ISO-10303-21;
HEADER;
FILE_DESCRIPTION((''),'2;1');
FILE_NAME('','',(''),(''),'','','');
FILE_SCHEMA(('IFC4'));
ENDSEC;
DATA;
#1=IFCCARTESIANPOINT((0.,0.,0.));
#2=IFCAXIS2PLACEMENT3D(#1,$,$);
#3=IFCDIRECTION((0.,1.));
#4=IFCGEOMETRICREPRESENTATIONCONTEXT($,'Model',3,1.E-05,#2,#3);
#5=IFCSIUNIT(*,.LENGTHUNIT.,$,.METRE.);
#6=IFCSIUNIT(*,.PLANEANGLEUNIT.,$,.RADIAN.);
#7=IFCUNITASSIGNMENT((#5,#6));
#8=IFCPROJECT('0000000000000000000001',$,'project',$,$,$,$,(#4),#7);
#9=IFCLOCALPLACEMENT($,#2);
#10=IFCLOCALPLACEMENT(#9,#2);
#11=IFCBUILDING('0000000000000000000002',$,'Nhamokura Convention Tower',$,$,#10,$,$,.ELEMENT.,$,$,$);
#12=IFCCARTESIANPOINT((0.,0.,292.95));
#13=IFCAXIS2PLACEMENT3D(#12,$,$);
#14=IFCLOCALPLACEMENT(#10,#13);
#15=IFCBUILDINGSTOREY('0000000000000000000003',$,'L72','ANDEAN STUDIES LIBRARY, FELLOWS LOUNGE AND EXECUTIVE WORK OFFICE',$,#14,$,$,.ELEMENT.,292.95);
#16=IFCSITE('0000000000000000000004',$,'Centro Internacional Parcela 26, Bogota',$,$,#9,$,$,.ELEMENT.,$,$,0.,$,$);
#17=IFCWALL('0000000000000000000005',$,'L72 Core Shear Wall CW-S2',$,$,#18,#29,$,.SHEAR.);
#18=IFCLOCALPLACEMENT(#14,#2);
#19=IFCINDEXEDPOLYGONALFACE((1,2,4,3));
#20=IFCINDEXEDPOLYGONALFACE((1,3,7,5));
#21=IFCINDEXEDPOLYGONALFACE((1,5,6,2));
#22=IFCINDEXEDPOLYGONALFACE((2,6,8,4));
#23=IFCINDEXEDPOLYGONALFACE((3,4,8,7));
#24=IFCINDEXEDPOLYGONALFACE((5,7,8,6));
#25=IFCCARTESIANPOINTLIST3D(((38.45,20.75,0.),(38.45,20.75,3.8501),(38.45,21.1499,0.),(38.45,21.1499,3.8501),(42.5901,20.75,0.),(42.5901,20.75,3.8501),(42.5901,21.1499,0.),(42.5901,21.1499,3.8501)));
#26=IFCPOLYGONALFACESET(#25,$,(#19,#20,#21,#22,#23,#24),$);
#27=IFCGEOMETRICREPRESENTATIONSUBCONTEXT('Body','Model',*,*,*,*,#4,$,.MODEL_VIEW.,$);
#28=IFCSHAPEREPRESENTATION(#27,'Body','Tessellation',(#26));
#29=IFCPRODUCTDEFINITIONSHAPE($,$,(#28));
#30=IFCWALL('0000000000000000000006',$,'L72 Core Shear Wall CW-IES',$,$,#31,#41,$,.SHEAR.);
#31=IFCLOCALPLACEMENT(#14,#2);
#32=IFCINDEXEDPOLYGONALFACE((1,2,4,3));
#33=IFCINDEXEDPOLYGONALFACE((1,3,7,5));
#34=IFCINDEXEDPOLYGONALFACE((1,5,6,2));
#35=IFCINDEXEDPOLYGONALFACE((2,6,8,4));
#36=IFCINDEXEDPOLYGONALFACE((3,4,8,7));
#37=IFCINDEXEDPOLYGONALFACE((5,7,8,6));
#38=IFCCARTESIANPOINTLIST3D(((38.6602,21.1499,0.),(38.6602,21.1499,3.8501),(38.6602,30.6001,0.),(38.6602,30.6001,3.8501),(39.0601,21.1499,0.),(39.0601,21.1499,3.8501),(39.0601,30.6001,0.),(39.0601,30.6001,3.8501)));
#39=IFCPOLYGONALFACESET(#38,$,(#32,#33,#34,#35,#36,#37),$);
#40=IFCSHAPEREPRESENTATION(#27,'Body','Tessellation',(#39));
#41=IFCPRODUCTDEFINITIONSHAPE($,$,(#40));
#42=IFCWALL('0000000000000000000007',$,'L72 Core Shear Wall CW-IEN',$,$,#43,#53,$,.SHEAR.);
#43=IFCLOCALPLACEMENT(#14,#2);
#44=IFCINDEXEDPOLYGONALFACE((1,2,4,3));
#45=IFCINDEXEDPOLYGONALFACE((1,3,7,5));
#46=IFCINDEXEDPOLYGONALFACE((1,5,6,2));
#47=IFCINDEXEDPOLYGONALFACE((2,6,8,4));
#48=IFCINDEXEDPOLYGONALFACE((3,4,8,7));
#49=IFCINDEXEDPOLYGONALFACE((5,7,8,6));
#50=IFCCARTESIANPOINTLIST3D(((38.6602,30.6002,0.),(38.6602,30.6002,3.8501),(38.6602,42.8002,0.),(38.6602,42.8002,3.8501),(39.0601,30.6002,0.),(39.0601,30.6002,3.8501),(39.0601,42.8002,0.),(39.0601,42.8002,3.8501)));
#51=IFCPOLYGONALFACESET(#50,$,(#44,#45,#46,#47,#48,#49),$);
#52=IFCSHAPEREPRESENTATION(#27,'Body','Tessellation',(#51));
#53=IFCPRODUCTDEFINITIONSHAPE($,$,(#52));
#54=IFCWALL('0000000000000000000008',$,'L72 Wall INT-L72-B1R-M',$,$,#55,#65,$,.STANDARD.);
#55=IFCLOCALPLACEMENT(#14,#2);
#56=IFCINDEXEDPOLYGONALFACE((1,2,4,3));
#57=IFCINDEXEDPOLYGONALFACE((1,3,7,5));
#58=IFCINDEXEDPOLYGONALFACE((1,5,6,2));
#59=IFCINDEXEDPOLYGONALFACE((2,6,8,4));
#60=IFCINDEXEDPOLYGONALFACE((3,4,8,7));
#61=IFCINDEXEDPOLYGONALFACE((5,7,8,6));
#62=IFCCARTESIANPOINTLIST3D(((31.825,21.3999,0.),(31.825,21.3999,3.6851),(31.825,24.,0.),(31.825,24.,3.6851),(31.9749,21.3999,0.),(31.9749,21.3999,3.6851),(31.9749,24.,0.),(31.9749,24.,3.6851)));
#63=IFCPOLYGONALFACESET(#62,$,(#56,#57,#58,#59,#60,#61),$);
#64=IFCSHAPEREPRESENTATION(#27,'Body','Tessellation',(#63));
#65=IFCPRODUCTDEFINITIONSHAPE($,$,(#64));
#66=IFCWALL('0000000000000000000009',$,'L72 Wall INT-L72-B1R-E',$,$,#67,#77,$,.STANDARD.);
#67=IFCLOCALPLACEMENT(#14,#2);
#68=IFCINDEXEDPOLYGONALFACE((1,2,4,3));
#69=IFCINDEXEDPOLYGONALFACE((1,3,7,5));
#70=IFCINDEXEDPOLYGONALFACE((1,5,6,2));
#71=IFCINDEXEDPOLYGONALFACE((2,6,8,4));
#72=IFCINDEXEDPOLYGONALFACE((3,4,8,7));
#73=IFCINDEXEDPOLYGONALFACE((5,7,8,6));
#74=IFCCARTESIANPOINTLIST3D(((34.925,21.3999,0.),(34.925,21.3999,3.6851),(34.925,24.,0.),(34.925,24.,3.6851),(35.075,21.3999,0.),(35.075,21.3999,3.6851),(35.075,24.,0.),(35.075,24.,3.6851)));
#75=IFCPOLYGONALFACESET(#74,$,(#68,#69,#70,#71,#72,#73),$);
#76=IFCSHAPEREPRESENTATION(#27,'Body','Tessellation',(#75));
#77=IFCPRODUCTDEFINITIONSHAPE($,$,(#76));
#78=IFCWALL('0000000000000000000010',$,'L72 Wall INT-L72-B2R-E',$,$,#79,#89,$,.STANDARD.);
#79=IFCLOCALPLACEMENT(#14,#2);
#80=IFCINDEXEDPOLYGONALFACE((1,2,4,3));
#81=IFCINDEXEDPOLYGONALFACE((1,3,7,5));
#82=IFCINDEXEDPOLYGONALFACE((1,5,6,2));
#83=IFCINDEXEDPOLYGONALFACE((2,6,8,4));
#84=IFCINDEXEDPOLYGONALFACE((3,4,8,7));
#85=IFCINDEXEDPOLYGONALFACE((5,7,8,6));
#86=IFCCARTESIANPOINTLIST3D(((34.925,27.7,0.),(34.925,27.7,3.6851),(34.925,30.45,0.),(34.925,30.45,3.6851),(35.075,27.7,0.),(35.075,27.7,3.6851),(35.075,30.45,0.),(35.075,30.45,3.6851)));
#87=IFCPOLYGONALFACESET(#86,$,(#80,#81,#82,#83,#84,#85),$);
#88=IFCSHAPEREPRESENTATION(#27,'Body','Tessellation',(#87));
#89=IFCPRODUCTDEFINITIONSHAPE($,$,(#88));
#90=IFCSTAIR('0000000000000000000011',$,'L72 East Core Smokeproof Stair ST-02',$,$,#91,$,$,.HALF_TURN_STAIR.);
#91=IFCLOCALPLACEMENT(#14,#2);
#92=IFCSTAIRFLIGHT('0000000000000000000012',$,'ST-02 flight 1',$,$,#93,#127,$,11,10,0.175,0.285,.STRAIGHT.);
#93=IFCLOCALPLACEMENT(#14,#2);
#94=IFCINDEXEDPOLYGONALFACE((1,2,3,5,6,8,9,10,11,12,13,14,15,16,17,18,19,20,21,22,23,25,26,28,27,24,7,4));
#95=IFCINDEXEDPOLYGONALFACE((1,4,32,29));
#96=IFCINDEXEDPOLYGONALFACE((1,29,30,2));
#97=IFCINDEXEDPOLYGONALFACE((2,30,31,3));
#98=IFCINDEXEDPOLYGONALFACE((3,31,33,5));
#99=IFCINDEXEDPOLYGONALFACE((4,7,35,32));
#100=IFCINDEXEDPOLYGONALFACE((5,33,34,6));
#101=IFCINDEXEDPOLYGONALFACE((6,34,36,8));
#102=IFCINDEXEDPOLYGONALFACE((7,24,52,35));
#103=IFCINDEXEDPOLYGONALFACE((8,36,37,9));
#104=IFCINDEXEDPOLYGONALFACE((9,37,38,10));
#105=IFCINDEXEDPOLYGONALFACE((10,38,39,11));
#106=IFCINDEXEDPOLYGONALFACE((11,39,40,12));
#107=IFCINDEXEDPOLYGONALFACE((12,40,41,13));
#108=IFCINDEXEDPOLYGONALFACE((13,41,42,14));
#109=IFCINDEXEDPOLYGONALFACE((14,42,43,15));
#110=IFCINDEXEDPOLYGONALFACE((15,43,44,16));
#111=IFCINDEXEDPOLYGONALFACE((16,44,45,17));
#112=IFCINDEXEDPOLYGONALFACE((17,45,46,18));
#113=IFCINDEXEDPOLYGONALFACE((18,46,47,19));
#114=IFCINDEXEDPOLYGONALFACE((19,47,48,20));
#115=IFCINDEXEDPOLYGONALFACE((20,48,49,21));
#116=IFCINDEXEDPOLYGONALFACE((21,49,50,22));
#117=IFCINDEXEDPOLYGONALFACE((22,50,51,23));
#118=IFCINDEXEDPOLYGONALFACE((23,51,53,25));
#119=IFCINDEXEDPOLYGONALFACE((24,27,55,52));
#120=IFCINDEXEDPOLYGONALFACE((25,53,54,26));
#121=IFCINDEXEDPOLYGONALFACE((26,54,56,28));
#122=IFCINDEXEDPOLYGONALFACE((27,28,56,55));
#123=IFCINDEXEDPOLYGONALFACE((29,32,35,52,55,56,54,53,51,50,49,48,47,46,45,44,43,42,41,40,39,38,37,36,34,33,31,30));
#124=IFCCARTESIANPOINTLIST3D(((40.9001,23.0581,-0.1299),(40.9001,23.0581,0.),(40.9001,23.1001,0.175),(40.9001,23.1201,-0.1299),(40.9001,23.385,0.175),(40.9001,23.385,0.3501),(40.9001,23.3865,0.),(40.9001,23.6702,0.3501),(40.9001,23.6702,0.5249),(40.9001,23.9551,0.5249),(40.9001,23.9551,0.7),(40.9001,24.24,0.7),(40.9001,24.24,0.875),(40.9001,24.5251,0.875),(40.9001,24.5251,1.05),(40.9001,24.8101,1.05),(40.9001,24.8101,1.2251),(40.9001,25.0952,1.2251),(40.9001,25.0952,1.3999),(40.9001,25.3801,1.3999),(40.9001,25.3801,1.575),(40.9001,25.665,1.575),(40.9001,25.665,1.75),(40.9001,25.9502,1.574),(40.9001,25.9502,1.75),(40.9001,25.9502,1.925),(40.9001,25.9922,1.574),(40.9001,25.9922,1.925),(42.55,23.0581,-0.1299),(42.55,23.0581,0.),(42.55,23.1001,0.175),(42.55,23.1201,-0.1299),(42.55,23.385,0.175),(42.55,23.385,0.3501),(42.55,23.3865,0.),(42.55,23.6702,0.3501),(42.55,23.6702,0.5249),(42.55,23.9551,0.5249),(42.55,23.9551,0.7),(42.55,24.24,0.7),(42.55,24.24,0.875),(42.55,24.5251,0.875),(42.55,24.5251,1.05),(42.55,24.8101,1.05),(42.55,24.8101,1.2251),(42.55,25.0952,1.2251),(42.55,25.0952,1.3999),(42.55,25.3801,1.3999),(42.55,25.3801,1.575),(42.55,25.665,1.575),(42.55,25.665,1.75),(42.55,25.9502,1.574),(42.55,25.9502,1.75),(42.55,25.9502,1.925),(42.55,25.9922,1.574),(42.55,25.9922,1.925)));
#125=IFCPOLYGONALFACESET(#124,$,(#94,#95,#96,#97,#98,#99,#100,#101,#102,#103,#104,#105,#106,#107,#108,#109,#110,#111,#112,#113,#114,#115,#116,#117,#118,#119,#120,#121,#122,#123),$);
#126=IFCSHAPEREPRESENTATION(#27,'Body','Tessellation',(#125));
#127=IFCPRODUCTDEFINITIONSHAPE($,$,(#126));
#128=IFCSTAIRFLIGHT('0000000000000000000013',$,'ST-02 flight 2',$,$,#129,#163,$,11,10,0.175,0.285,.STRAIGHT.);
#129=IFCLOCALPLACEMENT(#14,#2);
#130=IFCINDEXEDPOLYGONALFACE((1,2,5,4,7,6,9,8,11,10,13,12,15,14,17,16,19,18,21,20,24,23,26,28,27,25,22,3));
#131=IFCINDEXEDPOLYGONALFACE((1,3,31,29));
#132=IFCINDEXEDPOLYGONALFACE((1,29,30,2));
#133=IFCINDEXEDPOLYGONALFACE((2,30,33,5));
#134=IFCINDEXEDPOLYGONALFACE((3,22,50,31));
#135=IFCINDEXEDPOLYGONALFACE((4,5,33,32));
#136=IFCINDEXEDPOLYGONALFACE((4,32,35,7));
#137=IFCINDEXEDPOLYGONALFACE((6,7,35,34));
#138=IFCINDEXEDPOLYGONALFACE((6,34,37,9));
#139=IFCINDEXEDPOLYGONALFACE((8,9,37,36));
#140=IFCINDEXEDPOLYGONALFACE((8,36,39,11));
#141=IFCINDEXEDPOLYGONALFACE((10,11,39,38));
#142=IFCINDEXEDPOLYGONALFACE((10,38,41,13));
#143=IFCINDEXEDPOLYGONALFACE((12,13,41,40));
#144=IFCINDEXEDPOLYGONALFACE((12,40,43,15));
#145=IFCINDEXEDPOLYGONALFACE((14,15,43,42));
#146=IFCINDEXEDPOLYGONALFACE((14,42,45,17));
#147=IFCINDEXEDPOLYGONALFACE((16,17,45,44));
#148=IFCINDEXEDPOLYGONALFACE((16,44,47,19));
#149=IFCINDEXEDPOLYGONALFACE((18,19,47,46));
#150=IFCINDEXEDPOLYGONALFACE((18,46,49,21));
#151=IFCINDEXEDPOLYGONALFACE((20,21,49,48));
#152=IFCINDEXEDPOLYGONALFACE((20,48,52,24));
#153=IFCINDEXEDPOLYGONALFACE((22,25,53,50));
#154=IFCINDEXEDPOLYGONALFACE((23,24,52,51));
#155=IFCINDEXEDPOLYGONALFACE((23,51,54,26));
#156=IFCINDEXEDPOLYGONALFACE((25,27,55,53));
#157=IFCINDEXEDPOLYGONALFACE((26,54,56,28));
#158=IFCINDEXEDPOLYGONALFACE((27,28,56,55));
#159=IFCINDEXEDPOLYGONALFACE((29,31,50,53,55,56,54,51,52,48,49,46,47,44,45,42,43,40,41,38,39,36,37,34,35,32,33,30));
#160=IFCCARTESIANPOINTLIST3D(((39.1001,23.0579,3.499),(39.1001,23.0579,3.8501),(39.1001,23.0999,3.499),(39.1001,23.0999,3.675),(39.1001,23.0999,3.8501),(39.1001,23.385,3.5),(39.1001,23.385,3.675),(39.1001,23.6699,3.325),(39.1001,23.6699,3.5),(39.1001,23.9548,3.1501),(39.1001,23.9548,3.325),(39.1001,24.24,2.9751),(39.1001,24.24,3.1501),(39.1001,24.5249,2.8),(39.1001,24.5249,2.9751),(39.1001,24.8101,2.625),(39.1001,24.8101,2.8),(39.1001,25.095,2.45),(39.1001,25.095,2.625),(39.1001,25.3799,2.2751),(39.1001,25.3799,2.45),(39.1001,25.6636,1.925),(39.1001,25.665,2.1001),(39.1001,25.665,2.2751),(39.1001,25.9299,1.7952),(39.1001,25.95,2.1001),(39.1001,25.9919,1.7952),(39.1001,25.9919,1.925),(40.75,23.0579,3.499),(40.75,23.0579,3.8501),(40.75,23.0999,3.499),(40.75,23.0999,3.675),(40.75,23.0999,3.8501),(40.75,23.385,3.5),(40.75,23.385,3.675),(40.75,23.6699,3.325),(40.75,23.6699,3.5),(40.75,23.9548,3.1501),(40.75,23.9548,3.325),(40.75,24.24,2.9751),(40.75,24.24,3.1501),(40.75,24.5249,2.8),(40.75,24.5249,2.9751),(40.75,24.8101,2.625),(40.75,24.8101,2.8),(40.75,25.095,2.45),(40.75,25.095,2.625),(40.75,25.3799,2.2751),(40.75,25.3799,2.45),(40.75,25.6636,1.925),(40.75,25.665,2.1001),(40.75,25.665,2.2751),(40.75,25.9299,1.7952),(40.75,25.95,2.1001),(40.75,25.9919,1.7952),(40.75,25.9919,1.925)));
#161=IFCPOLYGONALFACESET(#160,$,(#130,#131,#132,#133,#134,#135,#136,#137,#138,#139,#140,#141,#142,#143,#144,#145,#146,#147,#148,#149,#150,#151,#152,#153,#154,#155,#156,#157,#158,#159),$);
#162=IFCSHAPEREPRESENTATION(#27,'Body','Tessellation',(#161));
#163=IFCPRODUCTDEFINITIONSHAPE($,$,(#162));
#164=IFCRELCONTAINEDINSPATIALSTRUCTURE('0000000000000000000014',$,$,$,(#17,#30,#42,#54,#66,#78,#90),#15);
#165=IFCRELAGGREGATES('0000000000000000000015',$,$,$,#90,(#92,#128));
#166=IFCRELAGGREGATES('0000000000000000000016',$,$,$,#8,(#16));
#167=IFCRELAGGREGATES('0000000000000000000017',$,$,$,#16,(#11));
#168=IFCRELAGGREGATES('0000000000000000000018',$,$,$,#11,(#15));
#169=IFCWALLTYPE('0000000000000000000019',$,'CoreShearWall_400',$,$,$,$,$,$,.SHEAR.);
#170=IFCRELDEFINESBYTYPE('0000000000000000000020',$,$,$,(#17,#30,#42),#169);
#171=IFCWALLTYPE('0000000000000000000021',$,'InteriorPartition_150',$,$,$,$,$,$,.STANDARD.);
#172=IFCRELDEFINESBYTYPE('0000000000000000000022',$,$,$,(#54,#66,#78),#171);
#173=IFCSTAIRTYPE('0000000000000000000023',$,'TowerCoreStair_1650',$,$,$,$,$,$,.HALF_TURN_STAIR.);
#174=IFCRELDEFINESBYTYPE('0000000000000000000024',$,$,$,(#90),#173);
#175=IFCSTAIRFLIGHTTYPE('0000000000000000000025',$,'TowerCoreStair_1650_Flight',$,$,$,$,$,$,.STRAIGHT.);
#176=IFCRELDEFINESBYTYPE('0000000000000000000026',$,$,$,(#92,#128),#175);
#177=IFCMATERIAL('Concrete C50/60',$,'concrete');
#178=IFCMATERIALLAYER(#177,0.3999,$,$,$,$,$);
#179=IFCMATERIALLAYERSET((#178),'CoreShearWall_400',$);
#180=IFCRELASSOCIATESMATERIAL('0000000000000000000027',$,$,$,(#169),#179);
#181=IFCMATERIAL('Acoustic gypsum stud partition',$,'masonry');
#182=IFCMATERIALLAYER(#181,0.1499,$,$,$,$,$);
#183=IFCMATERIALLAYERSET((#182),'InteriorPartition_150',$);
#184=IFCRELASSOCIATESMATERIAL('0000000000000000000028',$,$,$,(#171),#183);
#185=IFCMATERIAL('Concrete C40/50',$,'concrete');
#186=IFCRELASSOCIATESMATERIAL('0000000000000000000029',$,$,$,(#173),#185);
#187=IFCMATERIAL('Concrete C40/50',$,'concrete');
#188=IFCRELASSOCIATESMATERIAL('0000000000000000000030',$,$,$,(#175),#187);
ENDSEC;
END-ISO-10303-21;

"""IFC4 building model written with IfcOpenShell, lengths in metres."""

from ifc_helpers import new_model, si_unit, direction, frame, frame_2d, origin, place, context, subcontext, project, spatial, polyline, rectangle, outline, extrude, material, layer, layer_set, type_object, element, aggregate, save


model = new_model("IFC4")

# Units and contexts
model_context = context("Model", 3, precision=1e-05, world=origin(), true_north=direction((0.0, 1.0)))
body_context = subcontext(model_context, "Body", "Model", "MODEL_VIEW")
ifc_project = project(units=[si_unit("LENGTHUNIT", "METRE"), si_unit("PLANEANGLEUNIT", "RADIAN")], contexts=[model_context])

# Site, building, storey
site_placement = place(None, origin())
site = spatial("IfcSite", under=ifc_project, at=site_placement, Name="Centro Internacional Parcela 26, Bogota", CompositionType="ELEMENT", RefElevation=0.0)
building_placement = place(site_placement, origin())
building = spatial("IfcBuilding", under=site, at=building_placement, Name="Nhamokura Convention Tower", CompositionType="ELEMENT")
storey_placement = place(building_placement, frame((0.0, 0.0, 292.95)))
storey = spatial("IfcBuildingStorey", under=building, at=storey_placement, Name="L72", Description="ANDEAN STUDIES LIBRARY, FELLOWS LOUNGE AND EXECUTIVE WORK OFFICE", CompositionType="ELEMENT", Elevation=292.95)

# Shared definitions
ifc_material_1 = material(Name="Concrete C50/60", Category="concrete")
ifc_layer_1 = layer(ifc_material_1, 0.3999)
ifc_layer_set_1 = layer_set([ifc_layer_1], Name="CoreShearWall_400")
wall_type_1 = type_object("IfcWallType", Name="CoreShearWall_400", PredefinedType="SHEAR", material=ifc_layer_set_1)

# Walls
wall_1_placement = place(storey_placement, frame((38.45, 20.95, 0.0), z_axis=(0.0, 0.0, 1.0), x_axis=(1.0, 0.0, 0.0)))
element("IfcWall", 1, at=wall_1_placement, inside=storey, type_object=wall_type_1, Name="L72 Core Shear Wall CW-S2", PredefinedType="SHEAR", context=body_context, shape_type="SweptSolid", body=[
    extrude(rectangle(XDim=4.1401, YDim=0.3999, at=frame_2d((2.0701, 0.0))), origin(), (0.0, 0.0, 1.0), 3.8501),
])
wall_2_placement = place(storey_placement, frame((38.8601, 21.1499, 0.0), z_axis=(0.0, 0.0, 1.0), x_axis=(0.0, 1.0, 0.0)))
element("IfcWall", 2, at=wall_2_placement, inside=storey, type_object=wall_type_1, Name="L72 Core Shear Wall CW-IES", PredefinedType="SHEAR", context=body_context, shape_type="SweptSolid", body=[
    extrude(rectangle(XDim=9.4502, YDim=0.3999, at=frame_2d((4.7251, 0.0))), origin(), (0.0, 0.0, 1.0), 3.8501),
])
wall_3_placement = place(storey_placement, frame((38.8601, 30.6001, 0.0), z_axis=(0.0, 0.0, 1.0), x_axis=(0.0, 1.0, 0.0)))
element("IfcWall", 3, at=wall_3_placement, inside=storey, type_object=wall_type_1, Name="L72 Core Shear Wall CW-IEN", PredefinedType="SHEAR", context=body_context, shape_type="SweptSolid", body=[
    extrude(rectangle(XDim=12.2, YDim=0.3999, at=frame_2d((6.1001, 0.0))), origin(), (0.0, 0.0, 1.0), 3.8501),
])

# Walls
ifc_material_2 = material(Name="Acoustic gypsum stud partition", Category="masonry")
ifc_layer_2 = layer(ifc_material_2, 0.1499)
ifc_layer_set_2 = layer_set([ifc_layer_2], Name="InteriorPartition_150")
wall_type_2 = type_object("IfcWallType", Name="InteriorPartition_150", PredefinedType="STANDARD", material=ifc_layer_set_2)
for number, where, z_axis, x_axis, name in (
    (4, (31.8999, 21.3999, 0.0), (0.0, 0.0, 1.0), (0.0, 1.0, 0.0), "L72 Wall INT-L72-B1R-M"),
    (5, (35.0, 21.3999, 0.0), (0.0, 0.0, 1.0), (0.0, 1.0, 0.0), "L72 Wall INT-L72-B1R-E"),
):
    element("IfcWall", number, at=place(storey_placement, frame(where, z_axis=z_axis, x_axis=x_axis)), inside=storey, type_object=wall_type_2, Name=name, PredefinedType="STANDARD", context=body_context, shape_type="SweptSolid", body=[
        extrude(rectangle(XDim=2.6001, YDim=0.1499, at=frame_2d((1.3, 0.0))), origin(), (0.0, 0.0, 1.0), 3.6851),
    ])
wall_4_placement = place(storey_placement, frame((35.0, 27.7, 0.0), z_axis=(0.0, 0.0, 1.0), x_axis=(0.0, 1.0, 0.0)))
element("IfcWall", 6, at=wall_4_placement, inside=storey, type_object=wall_type_2, Name="L72 Wall INT-L72-B2R-E", PredefinedType="STANDARD", context=body_context, shape_type="SweptSolid", body=[
    extrude(rectangle(XDim=2.75, YDim=0.1499, at=frame_2d((1.375, 0.0))), origin(), (0.0, 0.0, 1.0), 3.6851),
])

# Stair, stair flights
ifc_material_3 = material(Name="Concrete C40/50", Category="concrete")
stair_type = type_object("IfcStairType", Name="TowerCoreStair_1650", PredefinedType="HALF_TURN_STAIR", material=ifc_material_3)
stair_placement = place(storey_placement, origin())
stair = element("IfcStair", 7, at=stair_placement, inside=storey, type_object=stair_type, Name="L72 East Core Smokeproof Stair ST-02", PredefinedType="HALF_TURN_STAIR")
ifc_material_4 = material(Name="Concrete C40/50", Category="concrete")
stair_flight_type = type_object("IfcStairFlightType", Name="TowerCoreStair_1650_Flight", PredefinedType="STRAIGHT", material=ifc_material_4)
stair_flight_1_placement = place(storey_placement, frame((41.7251, 23.1001, 0.0), z_axis=(0.0, 0.0, 1.0), x_axis=(0.0, 1.0, 0.0)))
stair_flight_1 = element("IfcStairFlight", 8, at=stair_flight_1_placement, type_object=stair_flight_type, Name="ST-02 flight 1", NumberOfRisers=11, NumberOfTreads=10, PredefinedType="STRAIGHT", RiserHeight=0.175, TreadLength=0.285, context=body_context, shape_type="SweptSolid", body=[
    extrude(outline(polyline([(-0.042, 0.0), (0.0, 0.175), (0.2849, 0.175), (0.2849, 0.3501), (0.5701, 0.3501), (0.5701, 0.5249), (0.855, 0.5249), (0.855, 0.7), (1.1399, 0.7), (1.1399, 0.875), (1.425, 0.875), (1.425, 1.05), (1.71, 1.05), (1.71, 1.2251), (1.9951, 1.2251), (1.9951, 1.3999), (2.28, 1.3999), (2.28, 1.575), (2.5649, 1.575), (2.5649, 1.75), (2.8501, 1.75), (2.8501, 1.925), (2.8921, 1.925), (2.8921, 1.574), (2.8501, 1.574), (0.2864, 0.0), (0.02, -0.1299), (-0.042, -0.1299), (-0.042, 0.0)])), frame((0.0, 0.825, 0.0), z_axis=(0.0, -1.0, 0.0), x_axis=(1.0, 0.0, 0.0)), (0.0, 0.0, 1.0), 1.6499),
])
stair_flight_2_placement = place(storey_placement, frame((39.925, 25.95, 1.925), z_axis=(0.0, 0.0, 1.0), x_axis=(0.0, -1.0, 0.0)))
stair_flight_2 = element("IfcStairFlight", 9, at=stair_flight_2_placement, type_object=stair_flight_type, Name="ST-02 flight 2", NumberOfRisers=11, NumberOfTreads=10, PredefinedType="STRAIGHT", RiserHeight=0.175, TreadLength=0.285, context=body_context, shape_type="SweptSolid", body=[
    extrude(outline(polyline([(-0.042, 0.0), (0.0, 0.175), (0.2849, 0.175), (0.2849, 0.3501), (0.5701, 0.3501), (0.5701, 0.5249), (0.855, 0.5249), (0.855, 0.7), (1.1399, 0.7), (1.1399, 0.875), (1.425, 0.875), (1.425, 1.05), (1.71, 1.05), (1.71, 1.2251), (1.9951, 1.2251), (1.9951, 1.3999), (2.28, 1.3999), (2.28, 1.575), (2.5649, 1.575), (2.5649, 1.75), (2.8501, 1.75), (2.8501, 1.925), (2.8921, 1.925), (2.8921, 1.574), (2.8501, 1.574), (0.2864, 0.0), (0.02, -0.1299), (-0.042, -0.1299), (-0.042, 0.0)])), frame((0.0, 0.825, 0.0), z_axis=(0.0, -1.0, 0.0), x_axis=(1.0, 0.0, 0.0)), (0.0, 0.0, 1.0), 1.6499),
])
aggregate(stair, [stair_flight_1, stair_flight_2])

save(model, "model.ifc")
